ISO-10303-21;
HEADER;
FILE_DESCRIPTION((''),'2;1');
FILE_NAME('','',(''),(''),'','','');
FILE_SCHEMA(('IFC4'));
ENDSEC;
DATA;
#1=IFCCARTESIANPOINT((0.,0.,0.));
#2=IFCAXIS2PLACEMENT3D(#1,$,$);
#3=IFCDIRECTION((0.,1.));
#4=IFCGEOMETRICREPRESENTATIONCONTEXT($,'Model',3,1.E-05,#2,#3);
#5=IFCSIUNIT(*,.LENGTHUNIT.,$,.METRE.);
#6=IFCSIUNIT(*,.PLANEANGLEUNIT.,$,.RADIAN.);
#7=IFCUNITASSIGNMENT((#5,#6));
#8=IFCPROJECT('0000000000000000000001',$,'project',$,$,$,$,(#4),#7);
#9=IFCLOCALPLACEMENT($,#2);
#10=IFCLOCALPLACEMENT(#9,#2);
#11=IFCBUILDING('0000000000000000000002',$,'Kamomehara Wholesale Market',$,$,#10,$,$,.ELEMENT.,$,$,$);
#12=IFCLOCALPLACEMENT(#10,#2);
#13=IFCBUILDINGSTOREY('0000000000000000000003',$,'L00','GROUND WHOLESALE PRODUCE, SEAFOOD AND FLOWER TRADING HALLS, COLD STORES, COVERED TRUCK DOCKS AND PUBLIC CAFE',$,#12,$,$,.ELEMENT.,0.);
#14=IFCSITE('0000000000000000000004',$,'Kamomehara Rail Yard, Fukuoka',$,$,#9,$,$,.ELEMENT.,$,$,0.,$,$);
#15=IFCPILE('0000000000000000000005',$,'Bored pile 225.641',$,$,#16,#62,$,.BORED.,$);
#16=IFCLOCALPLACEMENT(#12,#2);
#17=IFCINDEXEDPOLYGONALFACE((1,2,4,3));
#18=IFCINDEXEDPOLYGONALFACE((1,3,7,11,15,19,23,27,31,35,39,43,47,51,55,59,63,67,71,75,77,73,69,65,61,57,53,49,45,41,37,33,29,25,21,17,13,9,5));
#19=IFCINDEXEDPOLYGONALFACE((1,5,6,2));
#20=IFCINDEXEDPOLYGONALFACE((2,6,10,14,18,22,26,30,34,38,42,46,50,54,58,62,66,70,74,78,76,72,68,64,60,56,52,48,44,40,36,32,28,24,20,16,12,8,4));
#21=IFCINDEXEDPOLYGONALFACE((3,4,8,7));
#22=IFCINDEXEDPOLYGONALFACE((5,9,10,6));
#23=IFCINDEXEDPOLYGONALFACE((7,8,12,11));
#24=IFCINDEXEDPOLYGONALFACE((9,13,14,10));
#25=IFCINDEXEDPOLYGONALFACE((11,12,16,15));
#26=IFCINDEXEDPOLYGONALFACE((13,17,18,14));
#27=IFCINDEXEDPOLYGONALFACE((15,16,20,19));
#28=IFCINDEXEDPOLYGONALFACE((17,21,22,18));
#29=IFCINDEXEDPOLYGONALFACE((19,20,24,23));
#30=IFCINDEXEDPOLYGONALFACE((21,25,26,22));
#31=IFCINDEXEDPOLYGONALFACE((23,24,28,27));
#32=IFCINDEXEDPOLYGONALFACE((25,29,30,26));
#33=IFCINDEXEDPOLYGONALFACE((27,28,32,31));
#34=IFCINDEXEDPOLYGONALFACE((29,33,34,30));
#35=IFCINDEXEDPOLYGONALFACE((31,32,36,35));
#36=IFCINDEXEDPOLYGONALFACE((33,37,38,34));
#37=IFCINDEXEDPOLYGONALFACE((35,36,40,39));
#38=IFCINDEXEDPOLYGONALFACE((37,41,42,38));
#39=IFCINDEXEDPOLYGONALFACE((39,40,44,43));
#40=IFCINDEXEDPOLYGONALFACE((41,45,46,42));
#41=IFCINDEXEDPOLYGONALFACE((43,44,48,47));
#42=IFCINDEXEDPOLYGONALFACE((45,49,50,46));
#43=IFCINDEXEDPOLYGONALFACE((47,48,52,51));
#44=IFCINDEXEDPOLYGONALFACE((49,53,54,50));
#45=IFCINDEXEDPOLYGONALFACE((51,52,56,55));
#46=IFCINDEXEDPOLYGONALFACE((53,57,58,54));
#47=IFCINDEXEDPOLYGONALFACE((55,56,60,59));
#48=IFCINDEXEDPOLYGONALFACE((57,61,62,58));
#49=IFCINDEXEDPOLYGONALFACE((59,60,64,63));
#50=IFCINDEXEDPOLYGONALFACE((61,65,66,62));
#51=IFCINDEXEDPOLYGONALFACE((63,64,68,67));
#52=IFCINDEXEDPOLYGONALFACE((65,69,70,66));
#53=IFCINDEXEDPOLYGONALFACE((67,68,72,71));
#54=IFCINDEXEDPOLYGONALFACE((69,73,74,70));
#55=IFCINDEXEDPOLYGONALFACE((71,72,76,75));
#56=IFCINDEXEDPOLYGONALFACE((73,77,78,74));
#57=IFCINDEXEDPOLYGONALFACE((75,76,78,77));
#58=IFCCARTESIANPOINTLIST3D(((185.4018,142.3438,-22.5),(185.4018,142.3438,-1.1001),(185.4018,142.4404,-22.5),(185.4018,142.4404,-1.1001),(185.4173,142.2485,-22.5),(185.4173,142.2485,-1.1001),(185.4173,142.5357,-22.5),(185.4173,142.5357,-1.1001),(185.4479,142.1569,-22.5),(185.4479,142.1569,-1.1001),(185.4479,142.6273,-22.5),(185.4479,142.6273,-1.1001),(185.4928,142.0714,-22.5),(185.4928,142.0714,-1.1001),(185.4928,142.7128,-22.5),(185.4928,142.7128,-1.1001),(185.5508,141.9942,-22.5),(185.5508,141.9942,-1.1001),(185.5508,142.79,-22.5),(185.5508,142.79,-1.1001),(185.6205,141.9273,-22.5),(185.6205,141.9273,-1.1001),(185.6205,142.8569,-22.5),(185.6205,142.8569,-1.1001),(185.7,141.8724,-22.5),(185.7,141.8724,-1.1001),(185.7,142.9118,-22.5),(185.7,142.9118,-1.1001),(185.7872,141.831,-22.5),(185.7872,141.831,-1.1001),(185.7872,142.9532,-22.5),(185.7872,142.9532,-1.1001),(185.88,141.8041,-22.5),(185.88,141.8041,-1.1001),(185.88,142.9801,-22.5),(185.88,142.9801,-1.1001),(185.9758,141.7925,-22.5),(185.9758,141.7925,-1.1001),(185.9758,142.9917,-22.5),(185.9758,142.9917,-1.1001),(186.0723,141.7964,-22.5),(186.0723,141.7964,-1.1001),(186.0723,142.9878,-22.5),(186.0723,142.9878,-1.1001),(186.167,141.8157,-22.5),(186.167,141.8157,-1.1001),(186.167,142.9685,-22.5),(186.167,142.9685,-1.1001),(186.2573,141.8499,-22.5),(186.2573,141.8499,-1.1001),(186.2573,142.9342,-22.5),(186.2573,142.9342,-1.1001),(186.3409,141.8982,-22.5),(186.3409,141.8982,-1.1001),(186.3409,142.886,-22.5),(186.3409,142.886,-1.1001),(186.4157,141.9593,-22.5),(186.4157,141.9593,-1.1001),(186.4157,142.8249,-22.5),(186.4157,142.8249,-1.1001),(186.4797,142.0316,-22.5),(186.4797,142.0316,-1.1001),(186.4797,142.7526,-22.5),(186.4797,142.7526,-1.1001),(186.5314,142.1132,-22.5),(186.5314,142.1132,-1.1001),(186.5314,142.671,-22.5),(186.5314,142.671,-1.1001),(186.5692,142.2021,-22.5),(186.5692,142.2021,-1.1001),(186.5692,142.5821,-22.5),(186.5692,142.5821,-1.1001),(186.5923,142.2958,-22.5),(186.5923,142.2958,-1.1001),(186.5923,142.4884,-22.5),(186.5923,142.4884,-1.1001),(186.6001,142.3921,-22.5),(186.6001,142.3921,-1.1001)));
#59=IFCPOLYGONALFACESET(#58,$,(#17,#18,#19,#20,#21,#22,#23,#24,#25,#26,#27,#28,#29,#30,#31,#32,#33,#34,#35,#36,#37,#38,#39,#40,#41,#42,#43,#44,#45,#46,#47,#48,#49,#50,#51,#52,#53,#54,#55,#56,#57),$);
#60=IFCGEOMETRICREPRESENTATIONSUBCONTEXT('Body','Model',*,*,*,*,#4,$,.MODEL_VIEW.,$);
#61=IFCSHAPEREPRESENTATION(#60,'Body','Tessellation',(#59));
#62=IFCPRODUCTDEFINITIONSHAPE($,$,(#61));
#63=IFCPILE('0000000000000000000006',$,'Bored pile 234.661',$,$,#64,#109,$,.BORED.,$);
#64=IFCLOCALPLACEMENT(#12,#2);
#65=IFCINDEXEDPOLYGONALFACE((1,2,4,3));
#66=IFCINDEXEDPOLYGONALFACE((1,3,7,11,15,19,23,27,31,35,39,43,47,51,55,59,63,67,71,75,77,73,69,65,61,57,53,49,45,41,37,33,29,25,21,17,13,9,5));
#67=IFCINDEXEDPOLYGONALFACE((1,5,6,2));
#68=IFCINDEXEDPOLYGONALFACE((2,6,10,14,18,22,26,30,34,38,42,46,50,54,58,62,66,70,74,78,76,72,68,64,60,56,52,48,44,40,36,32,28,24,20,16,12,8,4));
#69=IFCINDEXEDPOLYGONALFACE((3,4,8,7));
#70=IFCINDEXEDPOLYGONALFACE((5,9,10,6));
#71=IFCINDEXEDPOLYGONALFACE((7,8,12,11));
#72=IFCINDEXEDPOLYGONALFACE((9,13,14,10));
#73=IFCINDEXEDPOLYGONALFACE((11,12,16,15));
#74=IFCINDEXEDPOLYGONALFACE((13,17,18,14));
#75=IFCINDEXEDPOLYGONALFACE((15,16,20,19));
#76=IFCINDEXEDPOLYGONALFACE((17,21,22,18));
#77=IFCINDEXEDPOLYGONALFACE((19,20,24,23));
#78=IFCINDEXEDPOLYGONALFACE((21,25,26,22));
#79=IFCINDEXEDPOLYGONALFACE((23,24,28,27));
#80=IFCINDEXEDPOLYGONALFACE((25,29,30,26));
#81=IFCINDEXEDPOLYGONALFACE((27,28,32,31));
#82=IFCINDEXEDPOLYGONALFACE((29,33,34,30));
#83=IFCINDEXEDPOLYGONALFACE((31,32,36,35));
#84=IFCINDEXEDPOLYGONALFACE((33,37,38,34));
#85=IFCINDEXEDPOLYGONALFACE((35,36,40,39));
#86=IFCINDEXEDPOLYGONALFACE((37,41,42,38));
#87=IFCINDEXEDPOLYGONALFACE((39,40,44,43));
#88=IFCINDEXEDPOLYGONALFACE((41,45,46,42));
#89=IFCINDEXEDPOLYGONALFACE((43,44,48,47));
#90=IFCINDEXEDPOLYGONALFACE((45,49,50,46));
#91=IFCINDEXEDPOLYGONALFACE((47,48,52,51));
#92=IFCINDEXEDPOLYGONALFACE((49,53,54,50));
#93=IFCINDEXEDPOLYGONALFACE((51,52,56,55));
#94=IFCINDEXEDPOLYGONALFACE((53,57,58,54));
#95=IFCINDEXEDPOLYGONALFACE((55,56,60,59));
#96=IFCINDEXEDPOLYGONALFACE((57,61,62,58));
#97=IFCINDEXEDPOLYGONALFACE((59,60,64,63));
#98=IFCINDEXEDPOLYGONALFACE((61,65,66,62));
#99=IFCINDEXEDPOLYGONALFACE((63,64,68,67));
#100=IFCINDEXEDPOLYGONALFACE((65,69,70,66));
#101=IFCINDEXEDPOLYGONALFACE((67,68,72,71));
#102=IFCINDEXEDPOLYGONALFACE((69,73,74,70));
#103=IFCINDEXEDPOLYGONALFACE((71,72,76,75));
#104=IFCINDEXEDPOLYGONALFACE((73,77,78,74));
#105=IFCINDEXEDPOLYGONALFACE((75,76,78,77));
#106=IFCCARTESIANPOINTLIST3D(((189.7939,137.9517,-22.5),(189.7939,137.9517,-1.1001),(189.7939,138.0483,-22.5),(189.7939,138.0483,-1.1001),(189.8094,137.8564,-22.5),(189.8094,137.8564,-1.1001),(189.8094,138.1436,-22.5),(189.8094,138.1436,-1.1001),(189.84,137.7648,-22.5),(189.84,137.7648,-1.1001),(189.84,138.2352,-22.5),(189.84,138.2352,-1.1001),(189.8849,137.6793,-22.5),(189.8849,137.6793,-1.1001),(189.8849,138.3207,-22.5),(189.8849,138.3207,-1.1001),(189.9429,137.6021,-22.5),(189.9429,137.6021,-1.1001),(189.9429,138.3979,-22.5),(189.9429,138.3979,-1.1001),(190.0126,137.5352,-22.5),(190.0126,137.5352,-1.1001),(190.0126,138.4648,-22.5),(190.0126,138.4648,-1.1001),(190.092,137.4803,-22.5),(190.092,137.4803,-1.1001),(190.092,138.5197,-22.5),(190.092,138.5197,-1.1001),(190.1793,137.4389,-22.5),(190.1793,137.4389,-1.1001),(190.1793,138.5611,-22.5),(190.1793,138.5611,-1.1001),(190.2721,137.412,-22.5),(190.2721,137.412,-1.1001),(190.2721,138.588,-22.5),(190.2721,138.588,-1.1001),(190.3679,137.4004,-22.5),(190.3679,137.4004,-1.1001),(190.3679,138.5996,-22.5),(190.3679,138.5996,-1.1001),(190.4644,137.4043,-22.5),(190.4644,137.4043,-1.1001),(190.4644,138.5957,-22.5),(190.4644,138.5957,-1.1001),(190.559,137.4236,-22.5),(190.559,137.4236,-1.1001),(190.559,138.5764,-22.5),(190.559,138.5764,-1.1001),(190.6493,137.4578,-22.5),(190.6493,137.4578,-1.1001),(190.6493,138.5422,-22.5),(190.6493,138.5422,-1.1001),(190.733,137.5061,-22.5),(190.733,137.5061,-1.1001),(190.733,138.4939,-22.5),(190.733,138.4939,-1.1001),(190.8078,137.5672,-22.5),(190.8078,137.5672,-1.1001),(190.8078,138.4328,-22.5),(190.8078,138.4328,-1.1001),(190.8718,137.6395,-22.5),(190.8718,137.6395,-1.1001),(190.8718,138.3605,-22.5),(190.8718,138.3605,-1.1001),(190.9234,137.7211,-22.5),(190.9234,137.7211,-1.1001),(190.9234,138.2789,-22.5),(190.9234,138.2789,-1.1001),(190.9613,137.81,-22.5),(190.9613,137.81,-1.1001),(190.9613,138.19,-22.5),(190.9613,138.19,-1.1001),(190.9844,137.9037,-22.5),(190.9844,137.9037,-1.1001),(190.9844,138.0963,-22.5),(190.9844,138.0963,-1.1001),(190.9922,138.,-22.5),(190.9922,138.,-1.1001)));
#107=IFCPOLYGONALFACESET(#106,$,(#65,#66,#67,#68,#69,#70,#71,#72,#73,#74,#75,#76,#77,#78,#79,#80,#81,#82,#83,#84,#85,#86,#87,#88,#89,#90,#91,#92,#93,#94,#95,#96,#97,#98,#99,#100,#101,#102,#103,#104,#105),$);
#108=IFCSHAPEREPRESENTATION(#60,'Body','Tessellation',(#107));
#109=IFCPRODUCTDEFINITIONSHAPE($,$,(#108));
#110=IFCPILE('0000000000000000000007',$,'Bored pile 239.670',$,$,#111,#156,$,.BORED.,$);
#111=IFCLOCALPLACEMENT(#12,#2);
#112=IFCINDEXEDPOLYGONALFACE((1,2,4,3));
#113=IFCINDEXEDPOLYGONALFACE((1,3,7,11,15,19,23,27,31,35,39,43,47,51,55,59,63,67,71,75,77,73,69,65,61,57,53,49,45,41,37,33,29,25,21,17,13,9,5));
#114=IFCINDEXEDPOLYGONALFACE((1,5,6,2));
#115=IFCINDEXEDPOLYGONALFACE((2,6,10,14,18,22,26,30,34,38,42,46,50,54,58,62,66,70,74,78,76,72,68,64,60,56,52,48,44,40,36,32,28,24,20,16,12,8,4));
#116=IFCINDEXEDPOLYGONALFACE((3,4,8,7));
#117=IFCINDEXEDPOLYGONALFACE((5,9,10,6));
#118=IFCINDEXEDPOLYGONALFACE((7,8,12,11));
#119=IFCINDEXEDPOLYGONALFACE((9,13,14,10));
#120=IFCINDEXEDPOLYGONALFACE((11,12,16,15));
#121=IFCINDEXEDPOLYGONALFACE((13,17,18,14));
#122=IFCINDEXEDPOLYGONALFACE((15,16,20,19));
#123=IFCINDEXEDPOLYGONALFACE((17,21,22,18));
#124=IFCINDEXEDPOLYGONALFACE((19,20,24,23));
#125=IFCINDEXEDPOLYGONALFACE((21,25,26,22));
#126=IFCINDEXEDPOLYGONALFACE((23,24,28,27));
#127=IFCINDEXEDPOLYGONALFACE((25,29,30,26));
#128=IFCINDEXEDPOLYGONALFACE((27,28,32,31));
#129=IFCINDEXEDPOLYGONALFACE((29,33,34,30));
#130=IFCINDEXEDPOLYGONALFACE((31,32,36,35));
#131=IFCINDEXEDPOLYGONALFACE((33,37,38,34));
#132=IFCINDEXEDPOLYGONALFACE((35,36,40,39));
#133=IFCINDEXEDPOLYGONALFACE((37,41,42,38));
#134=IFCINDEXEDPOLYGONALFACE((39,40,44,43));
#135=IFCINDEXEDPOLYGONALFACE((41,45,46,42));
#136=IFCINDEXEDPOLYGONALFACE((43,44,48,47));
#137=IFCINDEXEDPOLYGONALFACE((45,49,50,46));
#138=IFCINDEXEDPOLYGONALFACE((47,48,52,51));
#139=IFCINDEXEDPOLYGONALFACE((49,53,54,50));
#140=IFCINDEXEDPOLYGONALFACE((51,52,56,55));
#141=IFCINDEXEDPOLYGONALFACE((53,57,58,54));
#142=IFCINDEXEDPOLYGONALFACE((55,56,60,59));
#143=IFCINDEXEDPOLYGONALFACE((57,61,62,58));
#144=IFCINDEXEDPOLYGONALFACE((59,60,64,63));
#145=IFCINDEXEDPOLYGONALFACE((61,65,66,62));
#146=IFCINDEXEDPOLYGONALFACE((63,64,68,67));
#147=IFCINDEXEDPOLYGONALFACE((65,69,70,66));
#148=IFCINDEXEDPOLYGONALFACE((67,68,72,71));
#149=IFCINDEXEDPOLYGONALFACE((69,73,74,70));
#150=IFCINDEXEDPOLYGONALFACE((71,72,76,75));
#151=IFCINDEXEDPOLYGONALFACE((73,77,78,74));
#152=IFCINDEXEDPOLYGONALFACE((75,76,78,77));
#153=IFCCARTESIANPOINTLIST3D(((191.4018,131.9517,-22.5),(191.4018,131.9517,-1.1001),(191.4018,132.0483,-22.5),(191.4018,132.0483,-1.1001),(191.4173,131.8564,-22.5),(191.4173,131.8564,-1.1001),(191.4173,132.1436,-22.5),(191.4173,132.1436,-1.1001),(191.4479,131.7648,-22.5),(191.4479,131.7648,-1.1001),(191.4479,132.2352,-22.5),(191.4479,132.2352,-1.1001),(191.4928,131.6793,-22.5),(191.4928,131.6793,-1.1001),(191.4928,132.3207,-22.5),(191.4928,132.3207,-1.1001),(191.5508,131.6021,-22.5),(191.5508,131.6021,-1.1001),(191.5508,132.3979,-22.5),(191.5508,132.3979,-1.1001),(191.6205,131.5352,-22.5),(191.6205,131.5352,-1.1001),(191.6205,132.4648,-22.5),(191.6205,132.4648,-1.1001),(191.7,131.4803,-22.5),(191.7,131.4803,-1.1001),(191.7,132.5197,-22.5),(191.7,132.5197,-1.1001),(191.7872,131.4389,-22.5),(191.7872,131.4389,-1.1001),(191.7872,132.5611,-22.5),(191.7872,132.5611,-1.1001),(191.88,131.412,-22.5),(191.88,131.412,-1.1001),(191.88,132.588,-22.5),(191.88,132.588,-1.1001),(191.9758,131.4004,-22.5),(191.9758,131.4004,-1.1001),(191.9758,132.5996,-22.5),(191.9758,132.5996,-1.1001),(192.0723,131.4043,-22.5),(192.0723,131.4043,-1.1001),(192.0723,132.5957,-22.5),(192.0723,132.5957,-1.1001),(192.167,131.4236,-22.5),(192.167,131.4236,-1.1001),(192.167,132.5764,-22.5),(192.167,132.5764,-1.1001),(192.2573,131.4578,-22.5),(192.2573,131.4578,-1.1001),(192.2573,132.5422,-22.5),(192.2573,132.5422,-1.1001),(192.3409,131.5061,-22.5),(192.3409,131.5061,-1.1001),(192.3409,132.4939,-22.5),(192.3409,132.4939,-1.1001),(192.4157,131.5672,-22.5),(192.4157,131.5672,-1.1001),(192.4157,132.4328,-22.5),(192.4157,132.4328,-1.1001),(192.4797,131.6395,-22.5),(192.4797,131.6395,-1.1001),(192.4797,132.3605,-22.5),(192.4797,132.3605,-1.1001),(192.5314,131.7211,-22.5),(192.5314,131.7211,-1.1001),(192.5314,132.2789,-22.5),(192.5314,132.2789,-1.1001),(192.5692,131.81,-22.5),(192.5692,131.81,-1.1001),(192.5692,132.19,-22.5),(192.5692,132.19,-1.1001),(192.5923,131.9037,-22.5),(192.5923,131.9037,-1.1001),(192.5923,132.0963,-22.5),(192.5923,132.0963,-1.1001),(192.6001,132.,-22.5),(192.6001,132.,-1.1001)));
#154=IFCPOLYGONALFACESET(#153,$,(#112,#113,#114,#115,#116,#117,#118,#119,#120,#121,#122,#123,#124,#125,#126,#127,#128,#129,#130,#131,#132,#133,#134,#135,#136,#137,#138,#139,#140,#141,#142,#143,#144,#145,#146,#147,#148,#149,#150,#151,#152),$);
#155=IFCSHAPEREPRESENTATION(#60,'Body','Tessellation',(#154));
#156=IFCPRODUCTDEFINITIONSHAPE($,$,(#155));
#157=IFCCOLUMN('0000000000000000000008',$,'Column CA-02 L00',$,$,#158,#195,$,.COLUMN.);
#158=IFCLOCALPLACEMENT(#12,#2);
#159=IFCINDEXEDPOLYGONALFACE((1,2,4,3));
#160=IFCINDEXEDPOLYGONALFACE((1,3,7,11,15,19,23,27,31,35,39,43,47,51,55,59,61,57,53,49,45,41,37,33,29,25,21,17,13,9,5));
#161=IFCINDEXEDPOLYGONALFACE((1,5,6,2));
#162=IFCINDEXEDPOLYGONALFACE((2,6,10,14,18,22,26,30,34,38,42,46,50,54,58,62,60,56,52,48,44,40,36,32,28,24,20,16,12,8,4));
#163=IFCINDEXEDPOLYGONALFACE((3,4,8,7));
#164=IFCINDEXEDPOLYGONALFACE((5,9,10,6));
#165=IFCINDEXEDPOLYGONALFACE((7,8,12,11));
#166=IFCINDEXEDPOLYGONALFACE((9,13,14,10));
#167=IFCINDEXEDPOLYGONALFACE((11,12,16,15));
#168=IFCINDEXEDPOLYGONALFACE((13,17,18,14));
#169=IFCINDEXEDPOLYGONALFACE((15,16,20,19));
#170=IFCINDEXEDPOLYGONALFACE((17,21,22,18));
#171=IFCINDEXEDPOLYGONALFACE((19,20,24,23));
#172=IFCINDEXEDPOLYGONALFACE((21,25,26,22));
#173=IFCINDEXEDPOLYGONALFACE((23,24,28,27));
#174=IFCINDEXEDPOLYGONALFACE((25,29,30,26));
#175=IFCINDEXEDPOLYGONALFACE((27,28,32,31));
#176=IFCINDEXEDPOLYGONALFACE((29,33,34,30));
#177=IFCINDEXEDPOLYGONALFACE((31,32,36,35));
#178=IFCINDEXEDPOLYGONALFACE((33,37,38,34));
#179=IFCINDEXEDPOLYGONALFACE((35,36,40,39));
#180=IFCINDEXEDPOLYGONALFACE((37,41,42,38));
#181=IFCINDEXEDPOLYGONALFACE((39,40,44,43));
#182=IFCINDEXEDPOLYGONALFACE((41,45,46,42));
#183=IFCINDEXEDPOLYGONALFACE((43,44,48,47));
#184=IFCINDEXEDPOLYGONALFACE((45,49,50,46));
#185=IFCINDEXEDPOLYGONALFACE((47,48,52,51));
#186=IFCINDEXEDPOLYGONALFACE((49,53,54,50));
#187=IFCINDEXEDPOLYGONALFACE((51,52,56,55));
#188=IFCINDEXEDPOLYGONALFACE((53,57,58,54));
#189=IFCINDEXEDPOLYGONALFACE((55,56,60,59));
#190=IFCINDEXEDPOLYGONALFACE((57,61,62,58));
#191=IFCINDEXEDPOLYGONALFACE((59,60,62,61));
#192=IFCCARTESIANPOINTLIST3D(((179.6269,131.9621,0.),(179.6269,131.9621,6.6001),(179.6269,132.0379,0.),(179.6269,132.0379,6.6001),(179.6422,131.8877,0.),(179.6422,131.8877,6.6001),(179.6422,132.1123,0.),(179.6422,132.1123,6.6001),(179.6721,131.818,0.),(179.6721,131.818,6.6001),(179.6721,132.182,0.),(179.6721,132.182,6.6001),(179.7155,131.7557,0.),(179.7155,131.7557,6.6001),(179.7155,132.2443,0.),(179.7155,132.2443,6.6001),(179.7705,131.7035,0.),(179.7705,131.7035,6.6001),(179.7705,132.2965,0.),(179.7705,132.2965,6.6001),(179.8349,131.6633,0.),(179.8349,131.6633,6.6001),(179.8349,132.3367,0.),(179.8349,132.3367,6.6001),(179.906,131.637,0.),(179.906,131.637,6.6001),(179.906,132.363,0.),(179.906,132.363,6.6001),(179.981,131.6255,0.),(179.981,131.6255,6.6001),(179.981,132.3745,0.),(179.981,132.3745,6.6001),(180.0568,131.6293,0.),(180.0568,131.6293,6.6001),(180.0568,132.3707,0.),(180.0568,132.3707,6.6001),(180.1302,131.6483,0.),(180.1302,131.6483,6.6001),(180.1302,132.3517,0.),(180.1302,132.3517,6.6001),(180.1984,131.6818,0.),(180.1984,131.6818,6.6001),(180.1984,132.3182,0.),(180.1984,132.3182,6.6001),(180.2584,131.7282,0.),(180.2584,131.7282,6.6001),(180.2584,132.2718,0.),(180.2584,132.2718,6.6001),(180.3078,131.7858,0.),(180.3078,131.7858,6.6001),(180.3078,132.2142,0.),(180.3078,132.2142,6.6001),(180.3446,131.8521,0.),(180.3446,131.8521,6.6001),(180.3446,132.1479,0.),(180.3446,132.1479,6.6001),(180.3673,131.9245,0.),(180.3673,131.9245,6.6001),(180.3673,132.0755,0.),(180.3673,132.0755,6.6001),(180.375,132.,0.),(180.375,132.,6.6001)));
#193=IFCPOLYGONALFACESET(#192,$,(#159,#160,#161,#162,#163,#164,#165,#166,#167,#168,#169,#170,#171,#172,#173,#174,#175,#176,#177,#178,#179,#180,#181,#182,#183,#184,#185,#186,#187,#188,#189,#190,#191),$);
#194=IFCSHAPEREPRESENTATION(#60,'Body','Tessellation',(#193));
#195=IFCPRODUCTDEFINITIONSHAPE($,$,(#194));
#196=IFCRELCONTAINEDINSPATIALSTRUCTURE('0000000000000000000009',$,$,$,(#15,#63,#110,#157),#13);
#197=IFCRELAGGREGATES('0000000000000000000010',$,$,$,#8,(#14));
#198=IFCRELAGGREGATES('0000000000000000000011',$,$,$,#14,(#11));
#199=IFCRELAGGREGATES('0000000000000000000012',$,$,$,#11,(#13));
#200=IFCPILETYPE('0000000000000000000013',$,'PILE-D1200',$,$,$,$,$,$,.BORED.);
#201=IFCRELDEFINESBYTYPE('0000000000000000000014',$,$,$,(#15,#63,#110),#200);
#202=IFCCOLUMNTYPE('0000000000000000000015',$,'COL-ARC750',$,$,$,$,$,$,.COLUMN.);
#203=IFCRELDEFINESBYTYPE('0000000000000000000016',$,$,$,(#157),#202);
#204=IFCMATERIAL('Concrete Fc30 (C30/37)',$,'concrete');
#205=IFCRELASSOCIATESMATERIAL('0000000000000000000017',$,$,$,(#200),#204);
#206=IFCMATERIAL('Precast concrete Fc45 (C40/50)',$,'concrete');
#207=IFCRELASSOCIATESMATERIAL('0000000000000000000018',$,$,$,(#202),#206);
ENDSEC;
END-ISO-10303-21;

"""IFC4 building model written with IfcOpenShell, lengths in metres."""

from ifc_helpers import new_model, si_unit, direction, frame, origin, origin_2d, place, context, subcontext, project, spatial, circle, extrude, material, material_profile, profile_set, type_object, element, save


model = new_model("IFC4")

# Units and contexts
model_context = context("Model", 3, precision=1e-05, world=origin(), true_north=direction((0.0, 1.0)))
body_context = subcontext(model_context, "Body", "Model", "MODEL_VIEW")
ifc_project = project(units=[si_unit("LENGTHUNIT", "METRE"), si_unit("PLANEANGLEUNIT", "RADIAN")], contexts=[model_context])

# Site, building, storey
site_placement = place(None, origin())
site = spatial("IfcSite", under=ifc_project, at=site_placement, Name="Kamomehara Rail Yard, Fukuoka", CompositionType="ELEMENT", RefElevation=0.0)
building_placement = place(site_placement, origin())
building = spatial("IfcBuilding", under=site, at=building_placement, Name="Kamomehara Wholesale Market", CompositionType="ELEMENT")
storey_placement = place(building_placement, origin())
storey = spatial("IfcBuildingStorey", under=building, at=storey_placement, Name="L00", Description="GROUND WHOLESALE PRODUCE, SEAFOOD AND FLOWER TRADING HALLS, COLD STORES, COVERED TRUCK DOCKS AND PUBLIC CAFE", CompositionType="ELEMENT", Elevation=0.0)

# Piles
ifc_material_1 = material(Name="Concrete Fc30 (C30/37)", Category="concrete")
ifc_material_profile_1 = material_profile(ifc_material_1, circle(Radius=0.6001, at=origin_2d()), Name="RC-PILE-D1200")
ifc_profile_set_1 = profile_set([ifc_material_profile_1], Name="Concrete Fc30 (C30/37)")
pile_type = type_object("IfcPileType", Name="PILE-D1200", PredefinedType="BORED", material=ifc_profile_set_1)
for number, where, z_axis, x_axis, name in (
    (1, (186.0, 142.3921, -1.1001), (0.0, 0.0, -1.0), (1.0, 0.0, 0.0), "Bored pile 225.641"),
    (2, (190.3921, 138.0, -1.1001), (0.0, 0.0, -1.0), (1.0, 0.0, 0.0), "Bored pile 234.661"),
    (3, (192.0, 132.0, -1.1001), (0.0, 0.0, -1.0), (1.0, 0.0, 0.0), "Bored pile 239.670"),
):
    element("IfcPile", number, at=place(storey_placement, frame(where, z_axis=z_axis, x_axis=x_axis)), inside=storey, type_object=pile_type, Name=name, PredefinedType="BORED", context=body_context, shape_type="SweptSolid", body=[
        extrude(circle(Radius=0.6001, at=origin_2d()), origin(), (0.0, 0.0, 1.0), 21.3999),
    ])

# Column
ifc_material_2 = material(Name="Precast concrete Fc45 (C40/50)", Category="concrete")
ifc_material_profile_2 = material_profile(ifc_material_2, circle(Radius=0.375, at=origin_2d()), Name="PC-ARC-D750")
ifc_profile_set_2 = profile_set([ifc_material_profile_2], Name="Precast concrete Fc45 (C40/50)")
column_type_1 = type_object("IfcColumnType", Name="COL-ARC750", PredefinedType="COLUMN", material=ifc_profile_set_2)
column_placement = place(storey_placement, frame((180.0, 132.0, 0.0), z_axis=(0.0, 0.0, 1.0), x_axis=(1.0, 0.0, 0.0)))
element("IfcColumn", 4, at=column_placement, inside=storey, type_object=column_type_1, Name="Column CA-02 L00", PredefinedType="COLUMN", context=body_context, shape_type="SweptSolid", body=[
    extrude(circle(Radius=0.375, at=origin_2d()), origin(), (0.0, 0.0, 1.0), 6.6001),
])

save(model, "model.ifc")
